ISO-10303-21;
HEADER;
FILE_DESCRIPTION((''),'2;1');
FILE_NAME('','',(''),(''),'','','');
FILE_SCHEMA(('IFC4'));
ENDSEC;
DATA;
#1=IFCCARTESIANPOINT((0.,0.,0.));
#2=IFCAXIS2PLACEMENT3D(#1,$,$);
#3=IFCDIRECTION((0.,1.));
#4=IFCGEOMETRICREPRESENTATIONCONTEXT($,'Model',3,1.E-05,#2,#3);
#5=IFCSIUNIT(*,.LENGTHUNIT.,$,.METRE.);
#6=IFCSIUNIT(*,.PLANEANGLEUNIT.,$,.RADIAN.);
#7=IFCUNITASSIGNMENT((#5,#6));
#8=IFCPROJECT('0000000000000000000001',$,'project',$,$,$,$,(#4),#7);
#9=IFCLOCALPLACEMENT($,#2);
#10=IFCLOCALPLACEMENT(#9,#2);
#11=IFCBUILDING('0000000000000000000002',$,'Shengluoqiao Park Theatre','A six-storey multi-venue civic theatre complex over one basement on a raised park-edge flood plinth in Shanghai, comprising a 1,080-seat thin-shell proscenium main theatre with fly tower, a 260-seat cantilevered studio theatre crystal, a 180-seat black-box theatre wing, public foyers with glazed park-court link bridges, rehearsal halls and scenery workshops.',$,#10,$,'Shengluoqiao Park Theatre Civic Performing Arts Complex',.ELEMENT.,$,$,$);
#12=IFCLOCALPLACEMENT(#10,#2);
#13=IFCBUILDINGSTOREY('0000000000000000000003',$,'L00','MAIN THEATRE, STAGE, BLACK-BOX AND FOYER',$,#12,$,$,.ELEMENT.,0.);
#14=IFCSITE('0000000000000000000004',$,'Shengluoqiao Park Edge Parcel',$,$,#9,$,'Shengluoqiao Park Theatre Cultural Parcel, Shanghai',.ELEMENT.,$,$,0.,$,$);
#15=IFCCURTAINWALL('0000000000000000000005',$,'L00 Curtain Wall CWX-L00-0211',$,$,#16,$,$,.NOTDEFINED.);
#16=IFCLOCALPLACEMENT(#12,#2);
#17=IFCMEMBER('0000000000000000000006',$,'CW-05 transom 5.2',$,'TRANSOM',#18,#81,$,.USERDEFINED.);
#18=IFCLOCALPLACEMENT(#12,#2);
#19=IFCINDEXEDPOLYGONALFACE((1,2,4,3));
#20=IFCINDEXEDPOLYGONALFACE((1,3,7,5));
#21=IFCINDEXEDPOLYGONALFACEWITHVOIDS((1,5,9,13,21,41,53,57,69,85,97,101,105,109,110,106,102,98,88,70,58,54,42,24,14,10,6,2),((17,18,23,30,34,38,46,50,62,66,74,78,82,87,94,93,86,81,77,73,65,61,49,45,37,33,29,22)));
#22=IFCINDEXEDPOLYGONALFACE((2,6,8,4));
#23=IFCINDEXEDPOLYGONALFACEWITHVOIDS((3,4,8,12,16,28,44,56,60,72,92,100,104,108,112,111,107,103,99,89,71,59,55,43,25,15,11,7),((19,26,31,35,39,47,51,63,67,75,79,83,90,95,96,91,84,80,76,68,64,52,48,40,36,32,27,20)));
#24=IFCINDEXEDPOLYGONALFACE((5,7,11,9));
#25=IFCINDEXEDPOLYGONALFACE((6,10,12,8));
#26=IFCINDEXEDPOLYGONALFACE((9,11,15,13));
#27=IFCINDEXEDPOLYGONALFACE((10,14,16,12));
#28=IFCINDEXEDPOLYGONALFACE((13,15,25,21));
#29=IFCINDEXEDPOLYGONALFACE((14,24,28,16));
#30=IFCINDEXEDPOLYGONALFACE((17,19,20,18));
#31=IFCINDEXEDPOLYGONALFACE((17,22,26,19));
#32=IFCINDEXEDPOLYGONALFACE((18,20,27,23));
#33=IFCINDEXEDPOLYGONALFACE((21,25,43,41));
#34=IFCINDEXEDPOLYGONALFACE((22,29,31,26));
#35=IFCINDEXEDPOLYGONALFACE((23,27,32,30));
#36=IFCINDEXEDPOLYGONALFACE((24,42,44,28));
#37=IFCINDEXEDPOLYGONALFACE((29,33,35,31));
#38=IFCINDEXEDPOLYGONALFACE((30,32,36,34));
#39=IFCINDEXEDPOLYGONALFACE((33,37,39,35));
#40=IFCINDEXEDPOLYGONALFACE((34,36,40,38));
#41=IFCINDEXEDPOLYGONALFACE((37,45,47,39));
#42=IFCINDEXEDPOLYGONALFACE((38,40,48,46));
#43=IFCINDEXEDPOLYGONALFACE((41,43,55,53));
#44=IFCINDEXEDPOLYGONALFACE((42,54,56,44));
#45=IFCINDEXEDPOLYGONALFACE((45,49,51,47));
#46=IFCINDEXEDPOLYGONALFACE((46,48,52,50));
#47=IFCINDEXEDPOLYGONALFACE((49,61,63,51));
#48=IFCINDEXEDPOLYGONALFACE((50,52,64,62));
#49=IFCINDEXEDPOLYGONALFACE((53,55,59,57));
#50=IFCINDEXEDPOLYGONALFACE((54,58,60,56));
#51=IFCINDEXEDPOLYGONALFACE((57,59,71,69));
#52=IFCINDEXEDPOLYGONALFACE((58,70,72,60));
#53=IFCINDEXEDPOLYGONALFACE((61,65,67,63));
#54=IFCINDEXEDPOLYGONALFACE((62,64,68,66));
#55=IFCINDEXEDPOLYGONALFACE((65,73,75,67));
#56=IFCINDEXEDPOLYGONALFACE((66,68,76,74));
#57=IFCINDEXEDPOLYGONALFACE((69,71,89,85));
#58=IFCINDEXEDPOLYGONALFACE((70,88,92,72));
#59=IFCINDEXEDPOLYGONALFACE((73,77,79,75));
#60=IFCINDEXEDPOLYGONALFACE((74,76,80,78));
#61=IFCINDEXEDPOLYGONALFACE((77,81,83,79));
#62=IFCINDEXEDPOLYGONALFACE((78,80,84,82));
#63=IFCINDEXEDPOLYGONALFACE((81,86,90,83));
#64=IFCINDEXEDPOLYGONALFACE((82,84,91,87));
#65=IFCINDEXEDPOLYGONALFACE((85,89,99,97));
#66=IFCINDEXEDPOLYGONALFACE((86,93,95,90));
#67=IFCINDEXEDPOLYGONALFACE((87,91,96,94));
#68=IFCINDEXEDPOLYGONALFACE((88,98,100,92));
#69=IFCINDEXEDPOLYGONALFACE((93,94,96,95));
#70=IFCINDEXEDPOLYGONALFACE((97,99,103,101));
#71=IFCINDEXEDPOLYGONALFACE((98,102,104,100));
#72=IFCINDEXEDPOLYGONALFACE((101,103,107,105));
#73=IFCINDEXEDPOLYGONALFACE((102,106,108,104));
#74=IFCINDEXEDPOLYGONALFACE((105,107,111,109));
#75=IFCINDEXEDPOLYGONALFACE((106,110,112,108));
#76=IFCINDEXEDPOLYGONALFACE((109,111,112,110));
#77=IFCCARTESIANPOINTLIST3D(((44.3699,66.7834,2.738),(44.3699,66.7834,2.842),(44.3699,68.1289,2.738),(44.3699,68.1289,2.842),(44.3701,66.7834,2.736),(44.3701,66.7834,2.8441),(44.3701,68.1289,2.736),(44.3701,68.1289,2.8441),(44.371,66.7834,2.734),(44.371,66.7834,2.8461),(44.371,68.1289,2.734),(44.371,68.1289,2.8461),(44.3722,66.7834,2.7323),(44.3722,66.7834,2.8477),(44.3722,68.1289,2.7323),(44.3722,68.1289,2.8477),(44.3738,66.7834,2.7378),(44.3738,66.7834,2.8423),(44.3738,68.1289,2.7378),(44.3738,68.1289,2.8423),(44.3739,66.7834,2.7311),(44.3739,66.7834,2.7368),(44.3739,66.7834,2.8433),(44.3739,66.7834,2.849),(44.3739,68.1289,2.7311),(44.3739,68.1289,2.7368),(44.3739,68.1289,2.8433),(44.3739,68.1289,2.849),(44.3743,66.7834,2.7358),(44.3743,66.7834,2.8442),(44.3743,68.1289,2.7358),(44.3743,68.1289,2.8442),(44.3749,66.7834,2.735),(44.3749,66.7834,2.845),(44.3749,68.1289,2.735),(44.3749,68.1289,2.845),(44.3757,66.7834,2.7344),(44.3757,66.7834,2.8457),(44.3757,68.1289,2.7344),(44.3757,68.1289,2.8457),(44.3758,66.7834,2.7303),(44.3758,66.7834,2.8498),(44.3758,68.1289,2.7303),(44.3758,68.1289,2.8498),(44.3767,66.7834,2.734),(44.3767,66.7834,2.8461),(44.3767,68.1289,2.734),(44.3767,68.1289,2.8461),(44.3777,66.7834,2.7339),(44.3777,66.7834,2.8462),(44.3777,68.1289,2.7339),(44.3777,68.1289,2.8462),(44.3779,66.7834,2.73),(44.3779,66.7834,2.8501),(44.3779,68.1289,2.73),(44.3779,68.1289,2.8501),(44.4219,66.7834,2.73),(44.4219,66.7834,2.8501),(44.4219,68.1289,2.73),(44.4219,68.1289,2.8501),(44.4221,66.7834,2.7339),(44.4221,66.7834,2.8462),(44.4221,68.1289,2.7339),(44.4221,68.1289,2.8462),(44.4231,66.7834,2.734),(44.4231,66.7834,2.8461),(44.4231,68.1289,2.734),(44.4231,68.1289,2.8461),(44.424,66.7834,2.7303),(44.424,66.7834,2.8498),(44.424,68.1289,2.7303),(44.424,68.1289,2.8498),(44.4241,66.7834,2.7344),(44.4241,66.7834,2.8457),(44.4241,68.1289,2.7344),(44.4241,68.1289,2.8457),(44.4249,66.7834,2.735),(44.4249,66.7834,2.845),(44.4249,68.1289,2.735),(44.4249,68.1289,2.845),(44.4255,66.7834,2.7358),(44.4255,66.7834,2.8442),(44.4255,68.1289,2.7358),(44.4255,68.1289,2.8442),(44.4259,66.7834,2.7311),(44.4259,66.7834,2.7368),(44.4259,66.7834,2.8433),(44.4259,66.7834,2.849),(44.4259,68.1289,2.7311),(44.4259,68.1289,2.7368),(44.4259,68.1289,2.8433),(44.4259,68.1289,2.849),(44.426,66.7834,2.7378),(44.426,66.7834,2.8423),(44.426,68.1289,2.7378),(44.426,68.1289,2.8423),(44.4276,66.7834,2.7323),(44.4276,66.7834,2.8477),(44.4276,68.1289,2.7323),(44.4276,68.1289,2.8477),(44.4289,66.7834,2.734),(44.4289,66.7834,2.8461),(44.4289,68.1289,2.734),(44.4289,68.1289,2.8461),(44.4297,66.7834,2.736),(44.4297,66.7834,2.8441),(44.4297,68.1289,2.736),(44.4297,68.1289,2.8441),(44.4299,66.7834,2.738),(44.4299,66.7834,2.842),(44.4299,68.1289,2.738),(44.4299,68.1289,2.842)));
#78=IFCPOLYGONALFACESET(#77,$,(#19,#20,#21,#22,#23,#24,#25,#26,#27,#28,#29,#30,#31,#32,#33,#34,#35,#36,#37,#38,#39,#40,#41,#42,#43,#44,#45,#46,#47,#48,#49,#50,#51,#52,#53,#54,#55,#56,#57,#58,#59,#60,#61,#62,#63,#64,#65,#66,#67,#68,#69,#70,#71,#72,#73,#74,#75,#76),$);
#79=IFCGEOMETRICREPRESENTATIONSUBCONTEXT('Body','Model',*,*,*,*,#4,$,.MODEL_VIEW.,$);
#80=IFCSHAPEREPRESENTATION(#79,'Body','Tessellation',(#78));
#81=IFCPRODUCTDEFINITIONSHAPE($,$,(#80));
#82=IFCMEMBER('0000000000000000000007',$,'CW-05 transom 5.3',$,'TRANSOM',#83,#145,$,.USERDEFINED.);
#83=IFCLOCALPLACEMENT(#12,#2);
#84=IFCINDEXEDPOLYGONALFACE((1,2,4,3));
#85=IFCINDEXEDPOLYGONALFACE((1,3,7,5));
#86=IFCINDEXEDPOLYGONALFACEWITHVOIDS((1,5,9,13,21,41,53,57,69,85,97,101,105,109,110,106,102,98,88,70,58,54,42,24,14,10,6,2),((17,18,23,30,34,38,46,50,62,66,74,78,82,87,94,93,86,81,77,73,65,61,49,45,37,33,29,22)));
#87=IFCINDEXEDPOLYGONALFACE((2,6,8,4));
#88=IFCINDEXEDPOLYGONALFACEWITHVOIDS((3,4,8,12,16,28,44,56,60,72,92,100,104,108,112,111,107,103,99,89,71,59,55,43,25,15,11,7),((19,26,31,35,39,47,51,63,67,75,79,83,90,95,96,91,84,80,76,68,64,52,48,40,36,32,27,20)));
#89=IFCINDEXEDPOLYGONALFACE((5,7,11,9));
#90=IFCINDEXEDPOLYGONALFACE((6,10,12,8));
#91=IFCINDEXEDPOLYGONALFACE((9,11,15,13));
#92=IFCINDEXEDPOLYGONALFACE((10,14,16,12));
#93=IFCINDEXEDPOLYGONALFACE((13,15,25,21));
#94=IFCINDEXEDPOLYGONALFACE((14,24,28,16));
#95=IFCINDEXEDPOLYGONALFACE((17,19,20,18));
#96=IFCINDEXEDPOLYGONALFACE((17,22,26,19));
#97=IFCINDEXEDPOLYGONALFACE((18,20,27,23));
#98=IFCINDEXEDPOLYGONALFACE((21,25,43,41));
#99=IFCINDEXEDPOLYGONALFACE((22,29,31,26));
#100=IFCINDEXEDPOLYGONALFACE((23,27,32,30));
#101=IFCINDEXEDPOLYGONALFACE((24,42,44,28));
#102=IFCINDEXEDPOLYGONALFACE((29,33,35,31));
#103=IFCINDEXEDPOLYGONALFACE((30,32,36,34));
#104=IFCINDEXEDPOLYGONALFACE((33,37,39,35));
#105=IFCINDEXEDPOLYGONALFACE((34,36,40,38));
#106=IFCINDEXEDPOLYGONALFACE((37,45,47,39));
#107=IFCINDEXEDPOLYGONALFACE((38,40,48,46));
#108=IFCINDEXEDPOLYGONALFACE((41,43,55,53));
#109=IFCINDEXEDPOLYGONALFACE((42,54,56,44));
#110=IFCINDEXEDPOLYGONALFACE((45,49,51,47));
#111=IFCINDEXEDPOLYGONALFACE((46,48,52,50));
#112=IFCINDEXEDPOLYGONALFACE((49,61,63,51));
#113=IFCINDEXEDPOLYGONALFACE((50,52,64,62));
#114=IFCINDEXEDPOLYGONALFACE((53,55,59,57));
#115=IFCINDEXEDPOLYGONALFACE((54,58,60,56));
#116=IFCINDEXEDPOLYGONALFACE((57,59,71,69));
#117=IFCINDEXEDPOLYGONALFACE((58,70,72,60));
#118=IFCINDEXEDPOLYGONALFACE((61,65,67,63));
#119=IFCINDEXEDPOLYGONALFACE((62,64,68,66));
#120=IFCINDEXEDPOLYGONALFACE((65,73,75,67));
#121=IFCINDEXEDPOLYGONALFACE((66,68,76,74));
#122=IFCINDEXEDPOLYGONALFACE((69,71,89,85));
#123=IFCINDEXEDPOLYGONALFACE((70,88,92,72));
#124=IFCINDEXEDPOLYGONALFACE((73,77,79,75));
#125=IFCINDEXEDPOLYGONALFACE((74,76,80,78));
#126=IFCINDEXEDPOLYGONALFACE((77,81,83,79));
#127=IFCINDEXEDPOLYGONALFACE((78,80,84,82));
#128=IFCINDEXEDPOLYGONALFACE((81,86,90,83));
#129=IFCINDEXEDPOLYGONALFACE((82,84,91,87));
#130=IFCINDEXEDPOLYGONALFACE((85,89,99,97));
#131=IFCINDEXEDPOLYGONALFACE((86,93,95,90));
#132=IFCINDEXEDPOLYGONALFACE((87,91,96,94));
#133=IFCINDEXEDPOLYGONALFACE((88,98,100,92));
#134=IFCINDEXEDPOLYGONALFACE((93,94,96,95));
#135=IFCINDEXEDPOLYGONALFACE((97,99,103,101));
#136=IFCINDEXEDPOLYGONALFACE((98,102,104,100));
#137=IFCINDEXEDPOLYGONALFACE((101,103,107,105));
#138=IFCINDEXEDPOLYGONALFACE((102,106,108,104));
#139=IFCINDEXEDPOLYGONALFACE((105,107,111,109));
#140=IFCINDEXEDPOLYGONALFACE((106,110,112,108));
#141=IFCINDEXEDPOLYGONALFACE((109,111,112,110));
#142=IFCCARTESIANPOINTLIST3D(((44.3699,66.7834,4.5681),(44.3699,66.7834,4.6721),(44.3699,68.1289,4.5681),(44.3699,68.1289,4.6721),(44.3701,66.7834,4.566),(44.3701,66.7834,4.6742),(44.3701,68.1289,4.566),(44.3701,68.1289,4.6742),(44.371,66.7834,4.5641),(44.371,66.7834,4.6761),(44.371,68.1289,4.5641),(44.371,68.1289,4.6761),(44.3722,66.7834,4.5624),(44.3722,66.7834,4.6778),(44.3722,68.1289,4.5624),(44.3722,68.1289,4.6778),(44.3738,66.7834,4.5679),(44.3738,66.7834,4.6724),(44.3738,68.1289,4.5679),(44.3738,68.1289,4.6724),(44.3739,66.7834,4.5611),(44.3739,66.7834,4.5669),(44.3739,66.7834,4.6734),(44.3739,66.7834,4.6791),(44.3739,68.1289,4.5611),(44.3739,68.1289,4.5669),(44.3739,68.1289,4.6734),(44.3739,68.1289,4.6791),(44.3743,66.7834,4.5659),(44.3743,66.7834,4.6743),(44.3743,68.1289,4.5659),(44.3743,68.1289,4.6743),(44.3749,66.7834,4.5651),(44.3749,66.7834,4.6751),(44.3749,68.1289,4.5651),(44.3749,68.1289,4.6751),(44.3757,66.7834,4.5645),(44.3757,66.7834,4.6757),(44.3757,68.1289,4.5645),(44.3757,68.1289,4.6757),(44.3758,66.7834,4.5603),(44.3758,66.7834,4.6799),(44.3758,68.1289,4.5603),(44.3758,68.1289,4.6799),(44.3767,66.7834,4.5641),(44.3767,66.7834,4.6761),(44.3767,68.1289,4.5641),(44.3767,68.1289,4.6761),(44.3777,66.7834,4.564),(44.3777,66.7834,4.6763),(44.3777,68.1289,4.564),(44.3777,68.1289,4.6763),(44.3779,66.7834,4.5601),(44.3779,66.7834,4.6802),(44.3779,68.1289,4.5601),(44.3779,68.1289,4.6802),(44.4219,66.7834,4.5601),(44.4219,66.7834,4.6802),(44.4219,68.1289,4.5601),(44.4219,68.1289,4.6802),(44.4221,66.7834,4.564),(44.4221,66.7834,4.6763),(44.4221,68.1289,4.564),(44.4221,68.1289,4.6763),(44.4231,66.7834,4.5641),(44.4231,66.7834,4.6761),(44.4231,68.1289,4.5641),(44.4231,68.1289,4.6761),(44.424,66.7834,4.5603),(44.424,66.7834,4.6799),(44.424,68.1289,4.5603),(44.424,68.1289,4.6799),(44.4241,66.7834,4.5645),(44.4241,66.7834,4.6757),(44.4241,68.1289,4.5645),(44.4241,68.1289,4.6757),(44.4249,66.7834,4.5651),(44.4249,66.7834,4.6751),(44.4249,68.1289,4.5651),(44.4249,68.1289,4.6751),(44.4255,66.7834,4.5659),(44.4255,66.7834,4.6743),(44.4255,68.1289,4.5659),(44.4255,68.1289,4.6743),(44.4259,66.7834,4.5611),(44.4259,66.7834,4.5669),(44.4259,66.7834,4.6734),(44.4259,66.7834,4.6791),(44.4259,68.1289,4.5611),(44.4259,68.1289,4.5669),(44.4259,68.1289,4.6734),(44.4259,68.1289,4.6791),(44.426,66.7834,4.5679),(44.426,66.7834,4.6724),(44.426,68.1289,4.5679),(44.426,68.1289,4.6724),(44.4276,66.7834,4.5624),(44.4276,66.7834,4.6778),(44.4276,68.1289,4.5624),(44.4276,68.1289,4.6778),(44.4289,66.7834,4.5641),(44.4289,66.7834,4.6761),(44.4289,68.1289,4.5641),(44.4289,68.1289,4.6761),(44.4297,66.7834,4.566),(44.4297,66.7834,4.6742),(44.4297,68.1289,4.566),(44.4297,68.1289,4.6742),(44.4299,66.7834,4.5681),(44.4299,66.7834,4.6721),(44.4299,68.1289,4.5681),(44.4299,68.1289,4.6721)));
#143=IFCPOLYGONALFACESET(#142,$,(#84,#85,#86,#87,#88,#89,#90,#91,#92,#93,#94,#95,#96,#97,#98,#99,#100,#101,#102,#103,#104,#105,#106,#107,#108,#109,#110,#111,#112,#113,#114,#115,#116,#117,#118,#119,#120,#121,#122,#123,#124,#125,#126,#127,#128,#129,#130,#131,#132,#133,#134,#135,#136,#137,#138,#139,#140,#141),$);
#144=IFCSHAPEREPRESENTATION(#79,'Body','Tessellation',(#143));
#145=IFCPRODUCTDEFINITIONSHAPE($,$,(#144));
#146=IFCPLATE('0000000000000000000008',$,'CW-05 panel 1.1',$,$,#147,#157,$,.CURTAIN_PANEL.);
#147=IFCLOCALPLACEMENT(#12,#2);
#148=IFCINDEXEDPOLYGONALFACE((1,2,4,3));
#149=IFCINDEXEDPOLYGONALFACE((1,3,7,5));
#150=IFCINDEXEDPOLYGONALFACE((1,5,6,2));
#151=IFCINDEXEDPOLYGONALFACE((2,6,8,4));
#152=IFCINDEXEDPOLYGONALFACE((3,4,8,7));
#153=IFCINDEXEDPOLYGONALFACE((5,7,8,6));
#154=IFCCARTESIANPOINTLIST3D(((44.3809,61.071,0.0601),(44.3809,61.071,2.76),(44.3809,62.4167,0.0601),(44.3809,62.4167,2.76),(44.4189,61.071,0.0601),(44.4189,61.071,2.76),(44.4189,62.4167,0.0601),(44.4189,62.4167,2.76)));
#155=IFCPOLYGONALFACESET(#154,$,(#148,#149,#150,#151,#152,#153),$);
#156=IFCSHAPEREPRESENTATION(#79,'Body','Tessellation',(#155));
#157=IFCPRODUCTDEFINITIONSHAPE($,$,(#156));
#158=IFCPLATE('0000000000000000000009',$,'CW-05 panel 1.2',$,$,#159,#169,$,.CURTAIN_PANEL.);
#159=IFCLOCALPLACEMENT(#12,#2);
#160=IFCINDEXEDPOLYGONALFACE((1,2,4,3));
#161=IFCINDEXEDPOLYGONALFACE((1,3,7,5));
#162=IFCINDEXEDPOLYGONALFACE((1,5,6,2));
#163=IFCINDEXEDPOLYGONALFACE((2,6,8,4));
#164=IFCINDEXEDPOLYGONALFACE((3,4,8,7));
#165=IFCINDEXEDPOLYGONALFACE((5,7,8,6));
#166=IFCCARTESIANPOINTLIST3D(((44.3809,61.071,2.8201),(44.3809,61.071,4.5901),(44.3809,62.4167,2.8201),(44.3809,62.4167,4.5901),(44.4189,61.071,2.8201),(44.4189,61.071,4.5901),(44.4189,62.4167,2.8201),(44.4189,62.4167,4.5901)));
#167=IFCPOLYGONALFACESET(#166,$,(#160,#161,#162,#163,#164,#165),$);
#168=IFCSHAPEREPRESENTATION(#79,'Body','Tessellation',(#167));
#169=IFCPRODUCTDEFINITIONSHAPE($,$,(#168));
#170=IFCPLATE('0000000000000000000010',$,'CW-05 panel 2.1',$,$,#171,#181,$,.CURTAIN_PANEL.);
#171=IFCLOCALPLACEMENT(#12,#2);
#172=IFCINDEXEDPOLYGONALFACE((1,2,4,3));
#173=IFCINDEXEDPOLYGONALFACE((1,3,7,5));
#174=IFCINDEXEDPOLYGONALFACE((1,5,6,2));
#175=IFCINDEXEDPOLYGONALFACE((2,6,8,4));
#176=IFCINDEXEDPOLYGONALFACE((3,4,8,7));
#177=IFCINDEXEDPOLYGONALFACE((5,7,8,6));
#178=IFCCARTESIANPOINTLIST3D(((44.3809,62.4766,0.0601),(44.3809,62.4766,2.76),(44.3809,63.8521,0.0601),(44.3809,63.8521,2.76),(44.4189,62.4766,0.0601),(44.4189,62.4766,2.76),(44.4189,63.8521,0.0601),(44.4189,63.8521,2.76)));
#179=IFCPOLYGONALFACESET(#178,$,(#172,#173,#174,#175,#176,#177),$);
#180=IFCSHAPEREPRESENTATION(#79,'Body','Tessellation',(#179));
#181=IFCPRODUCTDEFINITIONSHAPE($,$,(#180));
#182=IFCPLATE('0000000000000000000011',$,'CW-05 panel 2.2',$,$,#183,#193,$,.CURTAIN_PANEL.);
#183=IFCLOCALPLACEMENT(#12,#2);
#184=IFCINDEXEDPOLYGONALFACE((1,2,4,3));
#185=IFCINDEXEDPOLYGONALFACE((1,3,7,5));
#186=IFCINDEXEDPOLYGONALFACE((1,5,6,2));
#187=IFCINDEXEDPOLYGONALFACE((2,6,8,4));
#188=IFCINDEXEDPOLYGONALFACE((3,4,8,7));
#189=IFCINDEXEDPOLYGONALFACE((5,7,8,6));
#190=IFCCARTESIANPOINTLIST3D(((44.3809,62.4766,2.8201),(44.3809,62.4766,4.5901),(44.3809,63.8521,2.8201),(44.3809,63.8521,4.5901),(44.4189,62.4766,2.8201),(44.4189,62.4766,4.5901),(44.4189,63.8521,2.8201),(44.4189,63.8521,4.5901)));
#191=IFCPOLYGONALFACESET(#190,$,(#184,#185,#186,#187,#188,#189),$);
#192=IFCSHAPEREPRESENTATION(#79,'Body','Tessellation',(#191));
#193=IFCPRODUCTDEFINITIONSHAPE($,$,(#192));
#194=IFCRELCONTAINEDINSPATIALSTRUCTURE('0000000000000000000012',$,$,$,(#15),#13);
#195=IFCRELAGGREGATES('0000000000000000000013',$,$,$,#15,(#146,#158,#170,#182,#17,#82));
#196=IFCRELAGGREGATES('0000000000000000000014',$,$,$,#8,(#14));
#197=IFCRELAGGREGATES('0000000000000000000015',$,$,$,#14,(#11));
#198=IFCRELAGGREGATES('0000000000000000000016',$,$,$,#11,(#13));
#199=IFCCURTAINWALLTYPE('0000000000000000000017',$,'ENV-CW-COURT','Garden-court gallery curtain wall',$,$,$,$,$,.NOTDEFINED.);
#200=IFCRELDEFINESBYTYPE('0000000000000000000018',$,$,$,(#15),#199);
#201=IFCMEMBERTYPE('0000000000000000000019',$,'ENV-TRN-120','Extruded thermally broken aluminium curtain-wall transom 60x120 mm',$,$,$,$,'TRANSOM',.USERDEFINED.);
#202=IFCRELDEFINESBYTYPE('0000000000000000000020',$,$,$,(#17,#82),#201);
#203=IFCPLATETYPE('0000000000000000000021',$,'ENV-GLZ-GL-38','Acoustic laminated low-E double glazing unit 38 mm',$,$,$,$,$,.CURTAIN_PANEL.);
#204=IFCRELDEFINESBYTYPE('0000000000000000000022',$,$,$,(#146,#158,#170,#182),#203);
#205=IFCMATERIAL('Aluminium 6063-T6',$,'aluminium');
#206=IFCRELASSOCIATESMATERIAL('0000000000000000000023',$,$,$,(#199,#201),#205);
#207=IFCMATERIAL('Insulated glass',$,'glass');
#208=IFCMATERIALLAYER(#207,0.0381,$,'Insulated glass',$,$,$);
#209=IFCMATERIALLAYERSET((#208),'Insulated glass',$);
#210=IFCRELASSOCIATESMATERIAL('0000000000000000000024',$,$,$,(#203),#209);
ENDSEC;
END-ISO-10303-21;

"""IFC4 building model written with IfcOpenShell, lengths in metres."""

from ifc_helpers import new_model, si_unit, direction, frame, origin, origin_2d, place, context, subcontext, project, spatial, rectangle, hollow_rectangle, extrude, material, layer, layer_set, material_profile, profile_set, type_object, element, aggregate, save


model = new_model("IFC4")

# Units and contexts
model_context = context("Model", 3, precision=1e-05, world=origin(), true_north=direction((0.0, 1.0)))
body_context = subcontext(model_context, "Body", "Model", "MODEL_VIEW")
ifc_project = project(units=[si_unit("LENGTHUNIT", "METRE"), si_unit("PLANEANGLEUNIT", "RADIAN")], contexts=[model_context])

# Site, building, storey
site_placement = place(None, origin())
site = spatial("IfcSite", under=ifc_project, at=site_placement, Name="Shengluoqiao Park Edge Parcel", LongName="Shengluoqiao Park Theatre Cultural Parcel, Shanghai", CompositionType="ELEMENT", RefElevation=0.0)
building_placement = place(site_placement, origin())
building = spatial("IfcBuilding", under=site, at=building_placement, Name="Shengluoqiao Park Theatre", Description="A six-storey multi-venue civic theatre complex over one basement on a raised park-edge flood plinth in Shanghai, comprising a 1,080-seat thin-shell proscenium main theatre with fly tower, a 260-seat cantilevered studio theatre crystal, a 180-seat black-box theatre wing, public foyers with glazed park-court link bridges, rehearsal halls and scenery workshops.", LongName="Shengluoqiao Park Theatre Civic Performing Arts Complex", CompositionType="ELEMENT")
storey_placement = place(building_placement, origin())
storey = spatial("IfcBuildingStorey", under=building, at=storey_placement, Name="L00", Description="MAIN THEATRE, STAGE, BLACK-BOX AND FOYER", CompositionType="ELEMENT", Elevation=0.0)

# Curtain wall, members, plates
ifc_material_1 = material(Name="Aluminium 6063-T6", Category="aluminium")
curtain_wall_type = type_object("IfcCurtainWallType", Name="ENV-CW-COURT", Description="Garden-court gallery curtain wall", PredefinedType="NOTDEFINED", material=ifc_material_1)
curtain_wall_placement = place(storey_placement, origin())
curtain_wall = element("IfcCurtainWall", 1, at=curtain_wall_placement, inside=storey, type_object=curtain_wall_type, Name="L00 Curtain Wall CWX-L00-0211", PredefinedType="NOTDEFINED")
ifc_material_profile_1 = material_profile(ifc_material_1, hollow_rectangle(XDim=0.0601, YDim=0.1201, WallThickness=0.0039, InnerFilletRadius=0.0039, OuterFilletRadius=0.0081, at=origin_2d()), Name="ALU TRANSOM 120x60x4")
ifc_profile_set_1 = profile_set([ifc_material_profile_1], Name="Aluminium 6063-T6")
member_type_1 = type_object("IfcMemberType", Name="ENV-TRN-120", Description="Extruded thermally broken aluminium curtain-wall transom 60x120 mm", ElementType="TRANSOM", PredefinedType="USERDEFINED", material=ifc_profile_set_1)
member_1_placement = place(storey_placement, frame((44.3999, 66.7834, 2.79), z_axis=(0.0, 1.0, 0.0), x_axis=(-1.0, 0.0, 0.0)))
member_1 = element("IfcMember", 2, at=member_1_placement, type_object=member_type_1, Name="CW-05 transom 5.2", ObjectType="TRANSOM", PredefinedType="USERDEFINED", context=body_context, shape_type="SweptSolid", body=[
    extrude(hollow_rectangle(XDim=0.0601, YDim=0.1201, WallThickness=0.0039, InnerFilletRadius=0.0039, OuterFilletRadius=0.0081, at=origin_2d()), origin(), (0.0, 0.0, 1.0), 1.3455),
])
member_2_placement = place(storey_placement, frame((44.3999, 66.7834, 4.6201), z_axis=(0.0, 1.0, 0.0), x_axis=(-1.0, 0.0, 0.0)))
member_2 = element("IfcMember", 3, at=member_2_placement, type_object=member_type_1, Name="CW-05 transom 5.3", ObjectType="TRANSOM", PredefinedType="USERDEFINED", context=body_context, shape_type="SweptSolid", body=[
    extrude(hollow_rectangle(XDim=0.0601, YDim=0.1201, WallThickness=0.0039, InnerFilletRadius=0.0039, OuterFilletRadius=0.0081, at=origin_2d()), origin(), (0.0, 0.0, 1.0), 1.3455),
])
ifc_material_2 = material(Name="Insulated glass", Category="glass")
ifc_layer = layer(ifc_material_2, 0.0381, Name="Insulated glass")
ifc_layer_set = layer_set([ifc_layer], Name="Insulated glass")
plate_type = type_object("IfcPlateType", Name="ENV-GLZ-GL-38", Description="Acoustic laminated low-E double glazing unit 38 mm", PredefinedType="CURTAIN_PANEL", material=ifc_layer_set)
plate_1_placement = place(storey_placement, frame((44.3999, 61.7439, 0.0601), z_axis=(0.0, 0.0, 1.0), x_axis=(0.0, 1.0, 0.0)))
plate_1 = element("IfcPlate", 4, at=plate_1_placement, type_object=plate_type, Name="CW-05 panel 1.1", PredefinedType="CURTAIN_PANEL", context=body_context, shape_type="SweptSolid", body=[
    extrude(rectangle(XDim=1.3457, YDim=0.0381, at=origin_2d()), origin(), (0.0, 0.0, 1.0), 2.7),
])
plate_2_placement = place(storey_placement, frame((44.3999, 61.7439, 2.8201), z_axis=(0.0, 0.0, 1.0), x_axis=(0.0, 1.0, 0.0)))
plate_2 = element("IfcPlate", 5, at=plate_2_placement, type_object=plate_type, Name="CW-05 panel 1.2", PredefinedType="CURTAIN_PANEL", context=body_context, shape_type="SweptSolid", body=[
    extrude(rectangle(XDim=1.3457, YDim=0.0381, at=origin_2d()), origin(), (0.0, 0.0, 1.0), 1.77),
])
plate_3_placement = place(storey_placement, frame((44.3999, 63.1643, 0.0601), z_axis=(0.0, 0.0, 1.0), x_axis=(0.0, 1.0, 0.0)))
plate_3 = element("IfcPlate", 6, at=plate_3_placement, type_object=plate_type, Name="CW-05 panel 2.1", PredefinedType="CURTAIN_PANEL", context=body_context, shape_type="SweptSolid", body=[
    extrude(rectangle(XDim=1.3755, YDim=0.0381, at=origin_2d()), origin(), (0.0, 0.0, 1.0), 2.7),
])
plate_4_placement = place(storey_placement, frame((44.3999, 63.1643, 2.8201), z_axis=(0.0, 0.0, 1.0), x_axis=(0.0, 1.0, 0.0)))
plate_4 = element("IfcPlate", 7, at=plate_4_placement, type_object=plate_type, Name="CW-05 panel 2.2", PredefinedType="CURTAIN_PANEL", context=body_context, shape_type="SweptSolid", body=[
    extrude(rectangle(XDim=1.3755, YDim=0.0381, at=origin_2d()), origin(), (0.0, 0.0, 1.0), 1.77),
])
aggregate(curtain_wall, [plate_1, plate_2, plate_3, plate_4, member_1, member_2])

save(model, "model.ifc")
